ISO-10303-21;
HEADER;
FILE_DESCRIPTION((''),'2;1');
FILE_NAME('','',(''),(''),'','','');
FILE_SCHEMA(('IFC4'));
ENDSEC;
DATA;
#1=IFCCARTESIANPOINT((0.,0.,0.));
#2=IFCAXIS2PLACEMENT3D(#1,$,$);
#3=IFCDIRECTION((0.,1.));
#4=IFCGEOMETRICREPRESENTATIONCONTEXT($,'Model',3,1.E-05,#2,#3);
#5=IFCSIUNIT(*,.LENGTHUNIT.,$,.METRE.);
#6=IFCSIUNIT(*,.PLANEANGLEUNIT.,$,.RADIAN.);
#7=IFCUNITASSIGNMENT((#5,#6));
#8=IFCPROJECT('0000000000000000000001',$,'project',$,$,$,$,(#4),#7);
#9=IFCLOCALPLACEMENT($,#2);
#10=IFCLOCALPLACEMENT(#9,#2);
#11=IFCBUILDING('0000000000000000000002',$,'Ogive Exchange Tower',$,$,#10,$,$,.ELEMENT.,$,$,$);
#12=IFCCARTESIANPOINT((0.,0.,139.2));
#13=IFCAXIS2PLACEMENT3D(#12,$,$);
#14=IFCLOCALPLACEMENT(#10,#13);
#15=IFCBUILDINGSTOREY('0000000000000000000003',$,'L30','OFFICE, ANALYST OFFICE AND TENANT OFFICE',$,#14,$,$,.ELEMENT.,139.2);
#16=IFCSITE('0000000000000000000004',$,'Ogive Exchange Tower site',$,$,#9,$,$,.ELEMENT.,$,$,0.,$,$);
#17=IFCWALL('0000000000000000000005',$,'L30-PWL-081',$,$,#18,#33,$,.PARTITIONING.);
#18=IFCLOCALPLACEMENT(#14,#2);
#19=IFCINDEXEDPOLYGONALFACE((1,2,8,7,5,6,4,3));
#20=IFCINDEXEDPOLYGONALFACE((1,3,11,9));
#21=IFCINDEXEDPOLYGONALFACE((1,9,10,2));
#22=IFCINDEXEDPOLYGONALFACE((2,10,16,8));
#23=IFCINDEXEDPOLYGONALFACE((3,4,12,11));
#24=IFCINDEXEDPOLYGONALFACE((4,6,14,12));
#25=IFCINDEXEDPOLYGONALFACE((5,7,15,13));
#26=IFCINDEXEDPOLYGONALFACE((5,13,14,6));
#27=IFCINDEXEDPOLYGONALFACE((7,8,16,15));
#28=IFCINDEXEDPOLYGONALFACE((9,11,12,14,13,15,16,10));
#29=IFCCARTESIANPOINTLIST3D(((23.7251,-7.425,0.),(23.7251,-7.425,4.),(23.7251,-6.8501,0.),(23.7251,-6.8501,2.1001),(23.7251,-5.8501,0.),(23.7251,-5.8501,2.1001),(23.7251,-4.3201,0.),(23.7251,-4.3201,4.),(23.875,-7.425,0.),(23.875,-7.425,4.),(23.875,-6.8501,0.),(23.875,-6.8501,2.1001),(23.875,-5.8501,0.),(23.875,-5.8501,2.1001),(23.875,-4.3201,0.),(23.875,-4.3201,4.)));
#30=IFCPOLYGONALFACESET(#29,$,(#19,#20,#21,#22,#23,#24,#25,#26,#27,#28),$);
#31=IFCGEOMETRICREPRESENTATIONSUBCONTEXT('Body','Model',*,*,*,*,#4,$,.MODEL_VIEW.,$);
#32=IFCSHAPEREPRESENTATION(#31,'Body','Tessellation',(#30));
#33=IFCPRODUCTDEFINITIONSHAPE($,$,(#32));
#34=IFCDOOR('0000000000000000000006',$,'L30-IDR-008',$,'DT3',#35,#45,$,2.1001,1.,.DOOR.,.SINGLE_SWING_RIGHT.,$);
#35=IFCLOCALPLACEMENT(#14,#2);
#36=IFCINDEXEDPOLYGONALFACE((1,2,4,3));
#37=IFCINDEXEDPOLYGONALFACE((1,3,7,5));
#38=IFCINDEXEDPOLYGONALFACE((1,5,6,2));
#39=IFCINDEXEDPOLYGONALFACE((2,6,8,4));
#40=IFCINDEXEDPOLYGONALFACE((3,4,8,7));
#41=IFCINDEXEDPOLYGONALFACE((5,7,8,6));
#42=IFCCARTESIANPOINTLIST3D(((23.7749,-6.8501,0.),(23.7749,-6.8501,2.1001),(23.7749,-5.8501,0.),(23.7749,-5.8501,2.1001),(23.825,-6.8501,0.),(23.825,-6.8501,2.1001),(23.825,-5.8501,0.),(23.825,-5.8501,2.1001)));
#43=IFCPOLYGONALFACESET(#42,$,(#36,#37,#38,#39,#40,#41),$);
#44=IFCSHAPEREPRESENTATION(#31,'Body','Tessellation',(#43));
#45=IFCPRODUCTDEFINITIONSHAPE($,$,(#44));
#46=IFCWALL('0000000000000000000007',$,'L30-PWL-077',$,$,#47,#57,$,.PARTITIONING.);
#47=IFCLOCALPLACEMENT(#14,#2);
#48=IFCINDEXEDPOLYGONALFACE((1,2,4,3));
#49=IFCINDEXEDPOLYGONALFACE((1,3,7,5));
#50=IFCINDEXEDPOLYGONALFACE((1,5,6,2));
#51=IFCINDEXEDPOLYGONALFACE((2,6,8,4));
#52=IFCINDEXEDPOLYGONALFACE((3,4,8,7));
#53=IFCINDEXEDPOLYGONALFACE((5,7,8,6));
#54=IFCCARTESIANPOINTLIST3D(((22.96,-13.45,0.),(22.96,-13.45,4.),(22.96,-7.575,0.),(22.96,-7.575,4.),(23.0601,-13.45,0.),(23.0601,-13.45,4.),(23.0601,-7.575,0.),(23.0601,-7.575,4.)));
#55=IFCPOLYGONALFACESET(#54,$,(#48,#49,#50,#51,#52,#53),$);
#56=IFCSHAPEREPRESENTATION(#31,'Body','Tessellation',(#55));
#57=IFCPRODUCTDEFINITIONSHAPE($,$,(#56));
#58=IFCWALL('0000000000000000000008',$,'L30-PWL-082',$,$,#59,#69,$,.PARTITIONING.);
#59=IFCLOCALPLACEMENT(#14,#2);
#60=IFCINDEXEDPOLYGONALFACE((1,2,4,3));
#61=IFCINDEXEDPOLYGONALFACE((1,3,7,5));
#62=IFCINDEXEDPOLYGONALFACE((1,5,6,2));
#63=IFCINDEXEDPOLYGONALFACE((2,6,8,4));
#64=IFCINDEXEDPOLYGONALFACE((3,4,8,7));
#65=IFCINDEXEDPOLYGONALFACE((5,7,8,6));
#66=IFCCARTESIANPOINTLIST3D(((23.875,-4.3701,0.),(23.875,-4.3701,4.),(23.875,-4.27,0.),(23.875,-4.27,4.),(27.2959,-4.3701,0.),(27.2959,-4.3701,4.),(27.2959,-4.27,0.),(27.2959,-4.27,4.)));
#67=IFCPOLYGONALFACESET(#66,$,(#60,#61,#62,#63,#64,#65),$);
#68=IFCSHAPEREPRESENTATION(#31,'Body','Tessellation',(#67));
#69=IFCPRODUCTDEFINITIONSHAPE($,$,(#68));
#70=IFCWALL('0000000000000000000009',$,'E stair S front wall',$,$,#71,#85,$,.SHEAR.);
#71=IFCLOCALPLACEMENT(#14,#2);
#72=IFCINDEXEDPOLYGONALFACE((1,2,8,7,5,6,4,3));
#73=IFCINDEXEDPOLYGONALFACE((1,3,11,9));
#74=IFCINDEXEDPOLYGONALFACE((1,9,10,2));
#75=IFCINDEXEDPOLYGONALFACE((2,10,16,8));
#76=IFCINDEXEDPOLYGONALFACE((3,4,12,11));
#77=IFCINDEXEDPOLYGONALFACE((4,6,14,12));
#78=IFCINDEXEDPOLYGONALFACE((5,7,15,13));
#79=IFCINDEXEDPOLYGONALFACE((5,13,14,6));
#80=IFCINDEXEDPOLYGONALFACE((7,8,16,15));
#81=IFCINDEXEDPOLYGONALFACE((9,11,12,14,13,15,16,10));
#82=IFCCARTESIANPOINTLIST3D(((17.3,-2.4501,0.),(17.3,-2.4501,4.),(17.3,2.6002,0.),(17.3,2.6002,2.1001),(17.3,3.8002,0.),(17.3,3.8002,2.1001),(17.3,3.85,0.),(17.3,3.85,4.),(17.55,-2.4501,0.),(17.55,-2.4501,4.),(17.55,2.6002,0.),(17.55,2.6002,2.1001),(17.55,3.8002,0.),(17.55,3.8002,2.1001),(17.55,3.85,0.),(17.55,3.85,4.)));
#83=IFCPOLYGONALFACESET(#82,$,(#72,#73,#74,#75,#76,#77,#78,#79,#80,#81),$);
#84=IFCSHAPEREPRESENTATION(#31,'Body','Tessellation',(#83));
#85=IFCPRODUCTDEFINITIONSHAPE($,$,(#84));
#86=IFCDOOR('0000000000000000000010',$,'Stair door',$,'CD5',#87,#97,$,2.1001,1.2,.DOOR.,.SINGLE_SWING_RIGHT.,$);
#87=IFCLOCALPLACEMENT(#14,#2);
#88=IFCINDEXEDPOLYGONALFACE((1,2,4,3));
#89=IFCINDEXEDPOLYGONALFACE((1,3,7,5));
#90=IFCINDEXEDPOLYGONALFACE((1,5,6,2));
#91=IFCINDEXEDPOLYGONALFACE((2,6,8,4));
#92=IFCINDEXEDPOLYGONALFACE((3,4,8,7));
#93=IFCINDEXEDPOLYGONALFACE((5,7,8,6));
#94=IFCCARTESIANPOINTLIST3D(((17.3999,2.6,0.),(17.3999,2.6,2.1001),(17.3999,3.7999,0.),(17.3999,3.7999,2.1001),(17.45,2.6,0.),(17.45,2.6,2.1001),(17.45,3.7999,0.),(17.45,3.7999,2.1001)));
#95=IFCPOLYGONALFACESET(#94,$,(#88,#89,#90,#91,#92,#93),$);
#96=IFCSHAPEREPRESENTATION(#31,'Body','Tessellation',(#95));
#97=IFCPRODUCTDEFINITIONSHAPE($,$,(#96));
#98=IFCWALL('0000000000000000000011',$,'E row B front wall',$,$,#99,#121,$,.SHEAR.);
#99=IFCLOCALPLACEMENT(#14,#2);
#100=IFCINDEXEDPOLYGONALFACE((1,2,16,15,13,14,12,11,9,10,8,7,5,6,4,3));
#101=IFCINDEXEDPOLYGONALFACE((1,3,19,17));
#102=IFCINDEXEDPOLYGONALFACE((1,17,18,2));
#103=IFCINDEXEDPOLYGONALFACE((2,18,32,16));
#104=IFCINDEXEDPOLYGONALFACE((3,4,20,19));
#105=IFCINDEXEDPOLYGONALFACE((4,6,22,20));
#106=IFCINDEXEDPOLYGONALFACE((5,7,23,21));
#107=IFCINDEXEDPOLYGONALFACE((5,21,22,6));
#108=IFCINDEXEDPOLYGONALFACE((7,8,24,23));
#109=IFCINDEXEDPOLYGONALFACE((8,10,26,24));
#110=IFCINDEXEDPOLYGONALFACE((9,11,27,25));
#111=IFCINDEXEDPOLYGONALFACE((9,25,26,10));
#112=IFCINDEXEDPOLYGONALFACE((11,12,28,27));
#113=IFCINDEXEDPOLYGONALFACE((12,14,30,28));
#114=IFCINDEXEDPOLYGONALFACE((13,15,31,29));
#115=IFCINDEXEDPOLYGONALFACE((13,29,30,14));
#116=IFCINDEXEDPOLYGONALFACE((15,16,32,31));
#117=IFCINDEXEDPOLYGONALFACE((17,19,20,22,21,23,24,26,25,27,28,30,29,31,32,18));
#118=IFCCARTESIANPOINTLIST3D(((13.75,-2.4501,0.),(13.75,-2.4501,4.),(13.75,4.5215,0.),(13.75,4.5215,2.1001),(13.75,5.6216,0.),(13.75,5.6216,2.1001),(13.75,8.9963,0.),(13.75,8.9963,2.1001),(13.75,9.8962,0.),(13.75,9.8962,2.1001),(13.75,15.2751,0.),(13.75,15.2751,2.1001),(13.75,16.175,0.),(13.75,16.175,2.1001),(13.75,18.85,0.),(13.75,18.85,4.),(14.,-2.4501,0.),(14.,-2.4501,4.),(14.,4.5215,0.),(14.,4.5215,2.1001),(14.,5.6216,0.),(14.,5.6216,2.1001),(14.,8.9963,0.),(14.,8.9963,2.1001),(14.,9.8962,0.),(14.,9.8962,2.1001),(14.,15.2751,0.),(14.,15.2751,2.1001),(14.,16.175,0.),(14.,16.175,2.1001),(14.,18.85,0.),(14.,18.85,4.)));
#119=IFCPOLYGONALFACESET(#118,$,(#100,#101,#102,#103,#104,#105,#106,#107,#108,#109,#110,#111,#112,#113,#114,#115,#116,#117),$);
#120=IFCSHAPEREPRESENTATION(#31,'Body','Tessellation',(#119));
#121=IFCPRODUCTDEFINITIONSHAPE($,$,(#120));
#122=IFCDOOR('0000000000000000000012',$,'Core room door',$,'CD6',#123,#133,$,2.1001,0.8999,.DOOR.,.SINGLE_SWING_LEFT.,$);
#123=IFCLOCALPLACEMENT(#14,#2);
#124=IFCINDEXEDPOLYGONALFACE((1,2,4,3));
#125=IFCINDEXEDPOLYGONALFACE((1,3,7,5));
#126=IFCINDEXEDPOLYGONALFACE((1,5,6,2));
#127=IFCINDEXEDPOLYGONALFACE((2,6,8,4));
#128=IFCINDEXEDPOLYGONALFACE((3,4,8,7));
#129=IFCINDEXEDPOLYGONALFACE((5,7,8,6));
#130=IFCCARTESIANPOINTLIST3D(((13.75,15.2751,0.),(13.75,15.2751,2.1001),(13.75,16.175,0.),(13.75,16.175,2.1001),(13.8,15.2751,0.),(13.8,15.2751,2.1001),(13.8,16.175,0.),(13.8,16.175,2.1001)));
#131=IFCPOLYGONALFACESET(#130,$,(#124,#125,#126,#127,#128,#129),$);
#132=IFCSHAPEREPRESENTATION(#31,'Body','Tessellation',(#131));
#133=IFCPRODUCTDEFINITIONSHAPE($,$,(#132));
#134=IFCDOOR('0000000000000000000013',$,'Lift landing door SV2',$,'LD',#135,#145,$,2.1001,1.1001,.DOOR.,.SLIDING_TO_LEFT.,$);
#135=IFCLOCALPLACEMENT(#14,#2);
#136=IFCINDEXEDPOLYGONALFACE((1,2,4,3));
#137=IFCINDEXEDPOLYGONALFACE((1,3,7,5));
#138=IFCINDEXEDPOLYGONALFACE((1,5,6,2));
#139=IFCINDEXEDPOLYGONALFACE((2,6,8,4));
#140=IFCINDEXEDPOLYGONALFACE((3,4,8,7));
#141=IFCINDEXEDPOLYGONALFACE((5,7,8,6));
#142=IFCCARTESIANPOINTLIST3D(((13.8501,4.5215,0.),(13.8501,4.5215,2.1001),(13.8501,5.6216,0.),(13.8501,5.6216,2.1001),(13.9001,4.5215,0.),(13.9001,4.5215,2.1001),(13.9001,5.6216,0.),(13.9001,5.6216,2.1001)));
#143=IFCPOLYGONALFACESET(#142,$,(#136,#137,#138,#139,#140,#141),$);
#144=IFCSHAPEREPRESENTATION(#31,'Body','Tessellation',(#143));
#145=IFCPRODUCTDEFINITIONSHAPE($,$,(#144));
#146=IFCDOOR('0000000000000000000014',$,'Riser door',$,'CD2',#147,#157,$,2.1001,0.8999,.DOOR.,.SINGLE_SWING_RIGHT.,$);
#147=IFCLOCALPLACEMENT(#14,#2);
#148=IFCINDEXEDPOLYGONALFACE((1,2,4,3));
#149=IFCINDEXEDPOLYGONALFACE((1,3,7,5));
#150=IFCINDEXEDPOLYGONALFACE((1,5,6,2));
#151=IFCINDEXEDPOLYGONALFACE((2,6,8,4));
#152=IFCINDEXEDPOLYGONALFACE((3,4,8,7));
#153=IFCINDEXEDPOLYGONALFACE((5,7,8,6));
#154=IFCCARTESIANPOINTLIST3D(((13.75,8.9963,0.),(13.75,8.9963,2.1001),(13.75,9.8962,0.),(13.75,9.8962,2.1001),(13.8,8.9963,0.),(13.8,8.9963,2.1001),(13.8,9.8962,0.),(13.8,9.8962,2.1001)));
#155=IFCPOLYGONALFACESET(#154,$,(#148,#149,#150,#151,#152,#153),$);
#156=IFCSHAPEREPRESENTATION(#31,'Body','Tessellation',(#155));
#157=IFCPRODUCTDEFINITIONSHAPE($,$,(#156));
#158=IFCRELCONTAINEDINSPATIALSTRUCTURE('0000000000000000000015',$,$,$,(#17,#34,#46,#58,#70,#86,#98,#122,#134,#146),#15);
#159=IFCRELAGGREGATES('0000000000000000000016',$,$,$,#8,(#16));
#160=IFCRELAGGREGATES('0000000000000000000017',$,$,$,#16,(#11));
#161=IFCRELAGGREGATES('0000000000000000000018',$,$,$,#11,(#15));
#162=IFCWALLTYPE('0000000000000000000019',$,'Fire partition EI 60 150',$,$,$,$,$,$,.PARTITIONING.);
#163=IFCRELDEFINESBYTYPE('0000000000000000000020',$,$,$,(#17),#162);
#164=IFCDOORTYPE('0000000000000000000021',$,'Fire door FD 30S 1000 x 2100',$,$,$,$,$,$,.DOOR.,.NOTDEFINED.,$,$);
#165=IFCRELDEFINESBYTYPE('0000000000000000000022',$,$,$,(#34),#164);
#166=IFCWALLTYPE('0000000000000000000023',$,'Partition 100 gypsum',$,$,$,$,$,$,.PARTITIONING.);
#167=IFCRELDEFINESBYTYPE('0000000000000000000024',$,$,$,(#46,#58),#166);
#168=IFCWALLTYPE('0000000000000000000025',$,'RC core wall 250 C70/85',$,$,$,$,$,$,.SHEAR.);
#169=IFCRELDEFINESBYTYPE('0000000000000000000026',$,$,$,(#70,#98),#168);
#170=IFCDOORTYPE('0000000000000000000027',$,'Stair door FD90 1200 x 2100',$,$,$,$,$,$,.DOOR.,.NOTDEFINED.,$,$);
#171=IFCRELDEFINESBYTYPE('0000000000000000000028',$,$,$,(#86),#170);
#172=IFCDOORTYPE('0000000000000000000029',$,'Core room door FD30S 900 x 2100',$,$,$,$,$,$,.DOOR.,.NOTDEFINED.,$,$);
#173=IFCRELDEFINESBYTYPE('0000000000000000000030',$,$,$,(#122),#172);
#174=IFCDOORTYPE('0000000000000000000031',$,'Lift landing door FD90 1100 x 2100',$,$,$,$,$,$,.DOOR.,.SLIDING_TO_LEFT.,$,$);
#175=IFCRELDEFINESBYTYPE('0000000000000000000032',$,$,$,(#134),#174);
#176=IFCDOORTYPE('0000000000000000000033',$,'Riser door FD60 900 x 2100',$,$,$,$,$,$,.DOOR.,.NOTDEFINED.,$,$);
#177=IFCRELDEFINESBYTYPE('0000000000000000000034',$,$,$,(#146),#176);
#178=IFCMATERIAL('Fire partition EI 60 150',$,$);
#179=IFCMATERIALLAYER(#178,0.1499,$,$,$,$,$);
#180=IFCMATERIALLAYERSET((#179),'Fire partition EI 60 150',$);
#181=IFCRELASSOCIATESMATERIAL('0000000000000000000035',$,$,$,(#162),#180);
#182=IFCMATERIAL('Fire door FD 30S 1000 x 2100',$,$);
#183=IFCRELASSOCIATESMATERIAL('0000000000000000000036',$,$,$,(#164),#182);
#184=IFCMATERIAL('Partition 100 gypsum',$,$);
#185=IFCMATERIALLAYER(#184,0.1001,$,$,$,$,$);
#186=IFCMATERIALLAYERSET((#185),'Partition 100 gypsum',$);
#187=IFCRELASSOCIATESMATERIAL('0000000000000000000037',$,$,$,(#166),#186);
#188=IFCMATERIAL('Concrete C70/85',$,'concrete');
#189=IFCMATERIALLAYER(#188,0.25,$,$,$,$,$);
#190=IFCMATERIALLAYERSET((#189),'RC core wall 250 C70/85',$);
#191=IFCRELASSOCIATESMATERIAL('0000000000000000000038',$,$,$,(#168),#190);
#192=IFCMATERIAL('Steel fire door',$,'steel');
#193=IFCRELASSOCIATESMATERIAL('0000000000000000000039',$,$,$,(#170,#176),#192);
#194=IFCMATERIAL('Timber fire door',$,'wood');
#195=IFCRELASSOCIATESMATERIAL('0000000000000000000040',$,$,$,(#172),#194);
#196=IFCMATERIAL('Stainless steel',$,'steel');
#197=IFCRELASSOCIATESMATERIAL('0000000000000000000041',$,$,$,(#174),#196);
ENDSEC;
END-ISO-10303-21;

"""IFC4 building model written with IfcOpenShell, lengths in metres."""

from ifc_helpers import new_model, si_unit, direction, frame, frame_2d, origin, place, context, subcontext, project, spatial, rectangle, extrude, material, layer, layer_set, type_object, element, fill, save


model = new_model("IFC4")

# Units and contexts
model_context = context("Model", 3, precision=1e-05, world=origin(), true_north=direction((0.0, 1.0)))
body_context = subcontext(model_context, "Body", "Model", "MODEL_VIEW")
ifc_project = project(units=[si_unit("LENGTHUNIT", "METRE"), si_unit("PLANEANGLEUNIT", "RADIAN")], contexts=[model_context])

# Site, building, storey
site_placement = place(None, origin())
site = spatial("IfcSite", under=ifc_project, at=site_placement, Name="Ogive Exchange Tower site", CompositionType="ELEMENT", RefElevation=0.0)
building_placement = place(site_placement, origin())
building = spatial("IfcBuilding", under=site, at=building_placement, Name="Ogive Exchange Tower", CompositionType="ELEMENT")
storey_placement = place(building_placement, frame((0.0, 0.0, 139.2)))
storey = spatial("IfcBuildingStorey", under=building, at=storey_placement, Name="L30", Description="OFFICE, ANALYST OFFICE AND TENANT OFFICE", CompositionType="ELEMENT", Elevation=139.2)

# Shared definitions
ifc_material_1 = material(Name="Fire partition EI 60 150")
ifc_layer_1 = layer(ifc_material_1, 0.1499)
ifc_layer_set_1 = layer_set([ifc_layer_1], Name="Fire partition EI 60 150")
wall_type_1 = type_object("IfcWallType", Name="Fire partition EI 60 150", PredefinedType="PARTITIONING", material=ifc_layer_set_1)
ifc_material_2 = material(Name="Fire door FD 30S 1000 x 2100")
door_type_1 = type_object("IfcDoorType", Name="Fire door FD 30S 1000 x 2100", OperationType="NOTDEFINED", PredefinedType="DOOR", material=ifc_material_2)

# Wall, opening, door
wall_1_placement = place(storey_placement, frame((23.8, -4.3201, 0.0), z_axis=(0.0, 0.0, 1.0), x_axis=(0.0, -1.0, 0.0)))
wall_1 = element("IfcWall", 1, at=wall_1_placement, inside=storey, type_object=wall_type_1, Name="L30-PWL-081", PredefinedType="PARTITIONING", context=body_context, shape_type="SweptSolid", body=[
    extrude(rectangle(XDim=3.105, YDim=0.1499, at=frame_2d((1.5525, 0.0))), origin(), (0.0, 0.0, 1.0), 4.0),
])
opening_1_placement = place(wall_1_placement, frame((1.53, 0.0, 0.0)))
opening_1 = element("IfcOpeningElement", 2, at=opening_1_placement, cuts=wall_1, PredefinedType="OPENING", context=body_context, shape_type="SweptSolid", body=[
    extrude(rectangle(XDim=1.0, YDim=2.1001, at=frame_2d((0.5, 1.05))), frame((0.0, 0.085, 0.0), z_axis=(0.0, -1.0, 0.0), x_axis=(1.0, 0.0, 0.0)), (0.0, 0.0, 1.0), 0.1699),
])
door_1_placement = place(opening_1_placement, origin())
door_1 = element("IfcDoor", 3, at=door_1_placement, inside=storey, type_object=door_type_1, Name="L30-IDR-008", ObjectType="DT3", OperationType="SINGLE_SWING_RIGHT", OverallHeight=2.1001, OverallWidth=1.0, PredefinedType="DOOR", context=body_context, shape_type="SweptSolid", body=[
    extrude(rectangle(XDim=1.0, YDim=2.1001, at=frame_2d((0.5, 1.05))), frame((0.0, 0.0249, 0.0), z_axis=(0.0, -1.0, 0.0), x_axis=(1.0, 0.0, 0.0)), (0.0, 0.0, 1.0), 0.05),
])
fill(opening_1, door_1)

# Walls
ifc_material_3 = material(Name="Partition 100 gypsum")
ifc_layer_2 = layer(ifc_material_3, 0.1001)
ifc_layer_set_2 = layer_set([ifc_layer_2], Name="Partition 100 gypsum")
wall_type_2 = type_object("IfcWallType", Name="Partition 100 gypsum", PredefinedType="PARTITIONING", material=ifc_layer_set_2)
wall_2_placement = place(storey_placement, frame((23.01, -7.575, 0.0), z_axis=(0.0, 0.0, 1.0), x_axis=(0.0, -1.0, 0.0)))
element("IfcWall", 4, at=wall_2_placement, inside=storey, type_object=wall_type_2, Name="L30-PWL-077", PredefinedType="PARTITIONING", context=body_context, shape_type="SweptSolid", body=[
    extrude(rectangle(XDim=5.875, YDim=0.1001, at=frame_2d((2.9375, 0.0))), origin(), (0.0, 0.0, 1.0), 4.0),
])
wall_3_placement = place(storey_placement, frame((23.875, -4.3201, 0.0), z_axis=(0.0, 0.0, 1.0), x_axis=(1.0, 0.0, 0.0)))
element("IfcWall", 5, at=wall_3_placement, inside=storey, type_object=wall_type_2, Name="L30-PWL-082", PredefinedType="PARTITIONING", context=body_context, shape_type="SweptSolid", body=[
    extrude(rectangle(XDim=3.4209, YDim=0.1001, at=frame_2d((1.7104, 0.0))), origin(), (0.0, 0.0, 1.0), 4.0),
])

# Wall, opening, door
ifc_material_4 = material(Name="Concrete C70/85", Category="concrete")
ifc_layer_3 = layer(ifc_material_4, 0.25)
ifc_layer_set_3 = layer_set([ifc_layer_3], Name="RC core wall 250 C70/85")
wall_type_3 = type_object("IfcWallType", Name="RC core wall 250 C70/85", PredefinedType="SHEAR", material=ifc_layer_set_3)
wall_4_placement = place(storey_placement, frame((17.425, -2.45, 0.0), z_axis=(0.0, 0.0, 1.0), x_axis=(0.0, 1.0, 0.0)))
wall_4 = element("IfcWall", 6, at=wall_4_placement, inside=storey, type_object=wall_type_3, Name="E stair S front wall", PredefinedType="SHEAR", context=body_context, shape_type="SweptSolid", body=[
    extrude(rectangle(XDim=6.3, YDim=0.25, at=frame_2d((3.1499, 0.0))), origin(), (0.0, 0.0, 1.0), 4.0),
])
opening_2_placement = place(wall_4_placement, frame((5.05, 0.0, 0.0)))
opening_2 = element("IfcOpeningElement", 7, at=opening_2_placement, cuts=wall_4, PredefinedType="OPENING", context=body_context, shape_type="SweptSolid", body=[
    extrude(rectangle(XDim=1.2, YDim=2.1001, at=frame_2d((0.6001, 1.05))), frame((0.0, 0.135, 0.0), z_axis=(0.0, -1.0, 0.0), x_axis=(1.0, 0.0, 0.0)), (0.0, 0.0, 1.0), 0.27),
])
ifc_material_5 = material(Name="Steel fire door", Category="steel")
door_type_2 = type_object("IfcDoorType", Name="Stair door FD90 1200 x 2100", OperationType="NOTDEFINED", PredefinedType="DOOR", material=ifc_material_5)
door_2_placement = place(opening_2_placement, frame((1.2, 0.0, 0.0), z_axis=(0.0, 0.0, 1.0), x_axis=(-1.0, 0.0, 0.0)))
door_2 = element("IfcDoor", 8, at=door_2_placement, inside=storey, type_object=door_type_2, Name="Stair door", ObjectType="CD5", OperationType="SINGLE_SWING_RIGHT", OverallHeight=2.1001, OverallWidth=1.2, PredefinedType="DOOR", context=body_context, shape_type="SweptSolid", body=[
    extrude(rectangle(XDim=1.2, YDim=2.1001, at=frame_2d((0.6001, 1.05))), frame((0.0, 0.0249, 0.0), z_axis=(0.0, -1.0, 0.0), x_axis=(1.0, 0.0, 0.0)), (0.0, 0.0, 1.0), 0.05),
])
fill(opening_2, door_2)

# Wall, openings, doors
wall_5_placement = place(storey_placement, frame((13.875, -2.45, 0.0), z_axis=(0.0, 0.0, 1.0), x_axis=(0.0, 1.0, 0.0)))
wall_5 = element("IfcWall", 9, at=wall_5_placement, inside=storey, type_object=wall_type_3, Name="E row B front wall", PredefinedType="SHEAR", context=body_context, shape_type="SweptSolid", body=[
    extrude(rectangle(XDim=21.3, YDim=0.25, at=frame_2d((10.6499, 0.0))), origin(), (0.0, 0.0, 1.0), 4.0),
])
opening_3_placement = place(wall_5_placement, frame((11.4463, 0.0, 0.0)))
opening_3 = element("IfcOpeningElement", 10, at=opening_3_placement, cuts=wall_5, PredefinedType="OPENING", context=body_context, shape_type="SweptSolid", body=[
    extrude(rectangle(XDim=0.8999, YDim=2.1001, at=frame_2d((0.45, 1.05))), frame((0.0, 0.135, 0.0), z_axis=(0.0, -1.0, 0.0), x_axis=(1.0, 0.0, 0.0)), (0.0, 0.0, 1.0), 0.27),
])
opening_4_placement = place(wall_5_placement, frame((17.7251, 0.0, 0.0)))
opening_4 = element("IfcOpeningElement", 11, at=opening_4_placement, cuts=wall_5, PredefinedType="OPENING", context=body_context, shape_type="SweptSolid", body=[
    extrude(rectangle(XDim=0.8999, YDim=2.1001, at=frame_2d((0.45, 1.05))), frame((0.0, 0.135, 0.0), z_axis=(0.0, -1.0, 0.0), x_axis=(1.0, 0.0, 0.0)), (0.0, 0.0, 1.0), 0.27),
])
opening_5_placement = place(wall_5_placement, frame((6.9714, 0.0, 0.0)))
opening_5 = element("IfcOpeningElement", 12, at=opening_5_placement, cuts=wall_5, PredefinedType="OPENING", context=body_context, shape_type="SweptSolid", body=[
    extrude(rectangle(XDim=1.1001, YDim=2.1001, at=frame_2d((0.55, 1.05))), frame((0.0, 0.135, 0.0), z_axis=(0.0, -1.0, 0.0), x_axis=(1.0, 0.0, 0.0)), (0.0, 0.0, 1.0), 0.27),
])
ifc_material_6 = material(Name="Timber fire door", Category="wood")
door_type_3 = type_object("IfcDoorType", Name="Core room door FD30S 900 x 2100", OperationType="NOTDEFINED", PredefinedType="DOOR", material=ifc_material_6)
door_3_placement = place(opening_4_placement, origin())
door_3 = element("IfcDoor", 13, at=door_3_placement, inside=storey, type_object=door_type_3, Name="Core room door", ObjectType="CD6", OperationType="SINGLE_SWING_LEFT", OverallHeight=2.1001, OverallWidth=0.8999, PredefinedType="DOOR", context=body_context, shape_type="SweptSolid", body=[
    extrude(rectangle(XDim=0.8999, YDim=2.1001, at=frame_2d((0.45, 1.05))), frame((0.0, 0.125, 0.0), z_axis=(0.0, -1.0, 0.0), x_axis=(1.0, 0.0, 0.0)), (0.0, 0.0, 1.0), 0.05),
])
fill(opening_4, door_3)
ifc_material_7 = material(Name="Stainless steel", Category="steel")
door_type_4 = type_object("IfcDoorType", Name="Lift landing door FD90 1100 x 2100", OperationType="SLIDING_TO_LEFT", PredefinedType="DOOR", material=ifc_material_7)
door_4_placement = place(opening_5_placement, origin())
door_4 = element("IfcDoor", 14, at=door_4_placement, inside=storey, type_object=door_type_4, Name="Lift landing door SV2", ObjectType="LD", OperationType="SLIDING_TO_LEFT", OverallHeight=2.1001, OverallWidth=1.1001, PredefinedType="DOOR", context=body_context, shape_type="SweptSolid", body=[
    extrude(rectangle(XDim=1.1001, YDim=2.1001, at=frame_2d((0.55, 1.05))), frame((0.0, 0.0249, 0.0), z_axis=(0.0, -1.0, 0.0), x_axis=(1.0, 0.0, 0.0)), (0.0, 0.0, 1.0), 0.05),
])
fill(opening_5, door_4)
door_type_5 = type_object("IfcDoorType", Name="Riser door FD60 900 x 2100", OperationType="NOTDEFINED", PredefinedType="DOOR", material=ifc_material_5)
door_5_placement = place(opening_3_placement, origin())
door_5 = element("IfcDoor", 15, at=door_5_placement, inside=storey, type_object=door_type_5, Name="Riser door", ObjectType="CD2", OperationType="SINGLE_SWING_RIGHT", OverallHeight=2.1001, OverallWidth=0.8999, PredefinedType="DOOR", context=body_context, shape_type="SweptSolid", body=[
    extrude(rectangle(XDim=0.8999, YDim=2.1001, at=frame_2d((0.45, 1.05))), frame((0.0, 0.125, 0.0), z_axis=(0.0, -1.0, 0.0), x_axis=(1.0, 0.0, 0.0)), (0.0, 0.0, 1.0), 0.05),
])
fill(opening_3, door_5)

save(model, "model.ifc")
